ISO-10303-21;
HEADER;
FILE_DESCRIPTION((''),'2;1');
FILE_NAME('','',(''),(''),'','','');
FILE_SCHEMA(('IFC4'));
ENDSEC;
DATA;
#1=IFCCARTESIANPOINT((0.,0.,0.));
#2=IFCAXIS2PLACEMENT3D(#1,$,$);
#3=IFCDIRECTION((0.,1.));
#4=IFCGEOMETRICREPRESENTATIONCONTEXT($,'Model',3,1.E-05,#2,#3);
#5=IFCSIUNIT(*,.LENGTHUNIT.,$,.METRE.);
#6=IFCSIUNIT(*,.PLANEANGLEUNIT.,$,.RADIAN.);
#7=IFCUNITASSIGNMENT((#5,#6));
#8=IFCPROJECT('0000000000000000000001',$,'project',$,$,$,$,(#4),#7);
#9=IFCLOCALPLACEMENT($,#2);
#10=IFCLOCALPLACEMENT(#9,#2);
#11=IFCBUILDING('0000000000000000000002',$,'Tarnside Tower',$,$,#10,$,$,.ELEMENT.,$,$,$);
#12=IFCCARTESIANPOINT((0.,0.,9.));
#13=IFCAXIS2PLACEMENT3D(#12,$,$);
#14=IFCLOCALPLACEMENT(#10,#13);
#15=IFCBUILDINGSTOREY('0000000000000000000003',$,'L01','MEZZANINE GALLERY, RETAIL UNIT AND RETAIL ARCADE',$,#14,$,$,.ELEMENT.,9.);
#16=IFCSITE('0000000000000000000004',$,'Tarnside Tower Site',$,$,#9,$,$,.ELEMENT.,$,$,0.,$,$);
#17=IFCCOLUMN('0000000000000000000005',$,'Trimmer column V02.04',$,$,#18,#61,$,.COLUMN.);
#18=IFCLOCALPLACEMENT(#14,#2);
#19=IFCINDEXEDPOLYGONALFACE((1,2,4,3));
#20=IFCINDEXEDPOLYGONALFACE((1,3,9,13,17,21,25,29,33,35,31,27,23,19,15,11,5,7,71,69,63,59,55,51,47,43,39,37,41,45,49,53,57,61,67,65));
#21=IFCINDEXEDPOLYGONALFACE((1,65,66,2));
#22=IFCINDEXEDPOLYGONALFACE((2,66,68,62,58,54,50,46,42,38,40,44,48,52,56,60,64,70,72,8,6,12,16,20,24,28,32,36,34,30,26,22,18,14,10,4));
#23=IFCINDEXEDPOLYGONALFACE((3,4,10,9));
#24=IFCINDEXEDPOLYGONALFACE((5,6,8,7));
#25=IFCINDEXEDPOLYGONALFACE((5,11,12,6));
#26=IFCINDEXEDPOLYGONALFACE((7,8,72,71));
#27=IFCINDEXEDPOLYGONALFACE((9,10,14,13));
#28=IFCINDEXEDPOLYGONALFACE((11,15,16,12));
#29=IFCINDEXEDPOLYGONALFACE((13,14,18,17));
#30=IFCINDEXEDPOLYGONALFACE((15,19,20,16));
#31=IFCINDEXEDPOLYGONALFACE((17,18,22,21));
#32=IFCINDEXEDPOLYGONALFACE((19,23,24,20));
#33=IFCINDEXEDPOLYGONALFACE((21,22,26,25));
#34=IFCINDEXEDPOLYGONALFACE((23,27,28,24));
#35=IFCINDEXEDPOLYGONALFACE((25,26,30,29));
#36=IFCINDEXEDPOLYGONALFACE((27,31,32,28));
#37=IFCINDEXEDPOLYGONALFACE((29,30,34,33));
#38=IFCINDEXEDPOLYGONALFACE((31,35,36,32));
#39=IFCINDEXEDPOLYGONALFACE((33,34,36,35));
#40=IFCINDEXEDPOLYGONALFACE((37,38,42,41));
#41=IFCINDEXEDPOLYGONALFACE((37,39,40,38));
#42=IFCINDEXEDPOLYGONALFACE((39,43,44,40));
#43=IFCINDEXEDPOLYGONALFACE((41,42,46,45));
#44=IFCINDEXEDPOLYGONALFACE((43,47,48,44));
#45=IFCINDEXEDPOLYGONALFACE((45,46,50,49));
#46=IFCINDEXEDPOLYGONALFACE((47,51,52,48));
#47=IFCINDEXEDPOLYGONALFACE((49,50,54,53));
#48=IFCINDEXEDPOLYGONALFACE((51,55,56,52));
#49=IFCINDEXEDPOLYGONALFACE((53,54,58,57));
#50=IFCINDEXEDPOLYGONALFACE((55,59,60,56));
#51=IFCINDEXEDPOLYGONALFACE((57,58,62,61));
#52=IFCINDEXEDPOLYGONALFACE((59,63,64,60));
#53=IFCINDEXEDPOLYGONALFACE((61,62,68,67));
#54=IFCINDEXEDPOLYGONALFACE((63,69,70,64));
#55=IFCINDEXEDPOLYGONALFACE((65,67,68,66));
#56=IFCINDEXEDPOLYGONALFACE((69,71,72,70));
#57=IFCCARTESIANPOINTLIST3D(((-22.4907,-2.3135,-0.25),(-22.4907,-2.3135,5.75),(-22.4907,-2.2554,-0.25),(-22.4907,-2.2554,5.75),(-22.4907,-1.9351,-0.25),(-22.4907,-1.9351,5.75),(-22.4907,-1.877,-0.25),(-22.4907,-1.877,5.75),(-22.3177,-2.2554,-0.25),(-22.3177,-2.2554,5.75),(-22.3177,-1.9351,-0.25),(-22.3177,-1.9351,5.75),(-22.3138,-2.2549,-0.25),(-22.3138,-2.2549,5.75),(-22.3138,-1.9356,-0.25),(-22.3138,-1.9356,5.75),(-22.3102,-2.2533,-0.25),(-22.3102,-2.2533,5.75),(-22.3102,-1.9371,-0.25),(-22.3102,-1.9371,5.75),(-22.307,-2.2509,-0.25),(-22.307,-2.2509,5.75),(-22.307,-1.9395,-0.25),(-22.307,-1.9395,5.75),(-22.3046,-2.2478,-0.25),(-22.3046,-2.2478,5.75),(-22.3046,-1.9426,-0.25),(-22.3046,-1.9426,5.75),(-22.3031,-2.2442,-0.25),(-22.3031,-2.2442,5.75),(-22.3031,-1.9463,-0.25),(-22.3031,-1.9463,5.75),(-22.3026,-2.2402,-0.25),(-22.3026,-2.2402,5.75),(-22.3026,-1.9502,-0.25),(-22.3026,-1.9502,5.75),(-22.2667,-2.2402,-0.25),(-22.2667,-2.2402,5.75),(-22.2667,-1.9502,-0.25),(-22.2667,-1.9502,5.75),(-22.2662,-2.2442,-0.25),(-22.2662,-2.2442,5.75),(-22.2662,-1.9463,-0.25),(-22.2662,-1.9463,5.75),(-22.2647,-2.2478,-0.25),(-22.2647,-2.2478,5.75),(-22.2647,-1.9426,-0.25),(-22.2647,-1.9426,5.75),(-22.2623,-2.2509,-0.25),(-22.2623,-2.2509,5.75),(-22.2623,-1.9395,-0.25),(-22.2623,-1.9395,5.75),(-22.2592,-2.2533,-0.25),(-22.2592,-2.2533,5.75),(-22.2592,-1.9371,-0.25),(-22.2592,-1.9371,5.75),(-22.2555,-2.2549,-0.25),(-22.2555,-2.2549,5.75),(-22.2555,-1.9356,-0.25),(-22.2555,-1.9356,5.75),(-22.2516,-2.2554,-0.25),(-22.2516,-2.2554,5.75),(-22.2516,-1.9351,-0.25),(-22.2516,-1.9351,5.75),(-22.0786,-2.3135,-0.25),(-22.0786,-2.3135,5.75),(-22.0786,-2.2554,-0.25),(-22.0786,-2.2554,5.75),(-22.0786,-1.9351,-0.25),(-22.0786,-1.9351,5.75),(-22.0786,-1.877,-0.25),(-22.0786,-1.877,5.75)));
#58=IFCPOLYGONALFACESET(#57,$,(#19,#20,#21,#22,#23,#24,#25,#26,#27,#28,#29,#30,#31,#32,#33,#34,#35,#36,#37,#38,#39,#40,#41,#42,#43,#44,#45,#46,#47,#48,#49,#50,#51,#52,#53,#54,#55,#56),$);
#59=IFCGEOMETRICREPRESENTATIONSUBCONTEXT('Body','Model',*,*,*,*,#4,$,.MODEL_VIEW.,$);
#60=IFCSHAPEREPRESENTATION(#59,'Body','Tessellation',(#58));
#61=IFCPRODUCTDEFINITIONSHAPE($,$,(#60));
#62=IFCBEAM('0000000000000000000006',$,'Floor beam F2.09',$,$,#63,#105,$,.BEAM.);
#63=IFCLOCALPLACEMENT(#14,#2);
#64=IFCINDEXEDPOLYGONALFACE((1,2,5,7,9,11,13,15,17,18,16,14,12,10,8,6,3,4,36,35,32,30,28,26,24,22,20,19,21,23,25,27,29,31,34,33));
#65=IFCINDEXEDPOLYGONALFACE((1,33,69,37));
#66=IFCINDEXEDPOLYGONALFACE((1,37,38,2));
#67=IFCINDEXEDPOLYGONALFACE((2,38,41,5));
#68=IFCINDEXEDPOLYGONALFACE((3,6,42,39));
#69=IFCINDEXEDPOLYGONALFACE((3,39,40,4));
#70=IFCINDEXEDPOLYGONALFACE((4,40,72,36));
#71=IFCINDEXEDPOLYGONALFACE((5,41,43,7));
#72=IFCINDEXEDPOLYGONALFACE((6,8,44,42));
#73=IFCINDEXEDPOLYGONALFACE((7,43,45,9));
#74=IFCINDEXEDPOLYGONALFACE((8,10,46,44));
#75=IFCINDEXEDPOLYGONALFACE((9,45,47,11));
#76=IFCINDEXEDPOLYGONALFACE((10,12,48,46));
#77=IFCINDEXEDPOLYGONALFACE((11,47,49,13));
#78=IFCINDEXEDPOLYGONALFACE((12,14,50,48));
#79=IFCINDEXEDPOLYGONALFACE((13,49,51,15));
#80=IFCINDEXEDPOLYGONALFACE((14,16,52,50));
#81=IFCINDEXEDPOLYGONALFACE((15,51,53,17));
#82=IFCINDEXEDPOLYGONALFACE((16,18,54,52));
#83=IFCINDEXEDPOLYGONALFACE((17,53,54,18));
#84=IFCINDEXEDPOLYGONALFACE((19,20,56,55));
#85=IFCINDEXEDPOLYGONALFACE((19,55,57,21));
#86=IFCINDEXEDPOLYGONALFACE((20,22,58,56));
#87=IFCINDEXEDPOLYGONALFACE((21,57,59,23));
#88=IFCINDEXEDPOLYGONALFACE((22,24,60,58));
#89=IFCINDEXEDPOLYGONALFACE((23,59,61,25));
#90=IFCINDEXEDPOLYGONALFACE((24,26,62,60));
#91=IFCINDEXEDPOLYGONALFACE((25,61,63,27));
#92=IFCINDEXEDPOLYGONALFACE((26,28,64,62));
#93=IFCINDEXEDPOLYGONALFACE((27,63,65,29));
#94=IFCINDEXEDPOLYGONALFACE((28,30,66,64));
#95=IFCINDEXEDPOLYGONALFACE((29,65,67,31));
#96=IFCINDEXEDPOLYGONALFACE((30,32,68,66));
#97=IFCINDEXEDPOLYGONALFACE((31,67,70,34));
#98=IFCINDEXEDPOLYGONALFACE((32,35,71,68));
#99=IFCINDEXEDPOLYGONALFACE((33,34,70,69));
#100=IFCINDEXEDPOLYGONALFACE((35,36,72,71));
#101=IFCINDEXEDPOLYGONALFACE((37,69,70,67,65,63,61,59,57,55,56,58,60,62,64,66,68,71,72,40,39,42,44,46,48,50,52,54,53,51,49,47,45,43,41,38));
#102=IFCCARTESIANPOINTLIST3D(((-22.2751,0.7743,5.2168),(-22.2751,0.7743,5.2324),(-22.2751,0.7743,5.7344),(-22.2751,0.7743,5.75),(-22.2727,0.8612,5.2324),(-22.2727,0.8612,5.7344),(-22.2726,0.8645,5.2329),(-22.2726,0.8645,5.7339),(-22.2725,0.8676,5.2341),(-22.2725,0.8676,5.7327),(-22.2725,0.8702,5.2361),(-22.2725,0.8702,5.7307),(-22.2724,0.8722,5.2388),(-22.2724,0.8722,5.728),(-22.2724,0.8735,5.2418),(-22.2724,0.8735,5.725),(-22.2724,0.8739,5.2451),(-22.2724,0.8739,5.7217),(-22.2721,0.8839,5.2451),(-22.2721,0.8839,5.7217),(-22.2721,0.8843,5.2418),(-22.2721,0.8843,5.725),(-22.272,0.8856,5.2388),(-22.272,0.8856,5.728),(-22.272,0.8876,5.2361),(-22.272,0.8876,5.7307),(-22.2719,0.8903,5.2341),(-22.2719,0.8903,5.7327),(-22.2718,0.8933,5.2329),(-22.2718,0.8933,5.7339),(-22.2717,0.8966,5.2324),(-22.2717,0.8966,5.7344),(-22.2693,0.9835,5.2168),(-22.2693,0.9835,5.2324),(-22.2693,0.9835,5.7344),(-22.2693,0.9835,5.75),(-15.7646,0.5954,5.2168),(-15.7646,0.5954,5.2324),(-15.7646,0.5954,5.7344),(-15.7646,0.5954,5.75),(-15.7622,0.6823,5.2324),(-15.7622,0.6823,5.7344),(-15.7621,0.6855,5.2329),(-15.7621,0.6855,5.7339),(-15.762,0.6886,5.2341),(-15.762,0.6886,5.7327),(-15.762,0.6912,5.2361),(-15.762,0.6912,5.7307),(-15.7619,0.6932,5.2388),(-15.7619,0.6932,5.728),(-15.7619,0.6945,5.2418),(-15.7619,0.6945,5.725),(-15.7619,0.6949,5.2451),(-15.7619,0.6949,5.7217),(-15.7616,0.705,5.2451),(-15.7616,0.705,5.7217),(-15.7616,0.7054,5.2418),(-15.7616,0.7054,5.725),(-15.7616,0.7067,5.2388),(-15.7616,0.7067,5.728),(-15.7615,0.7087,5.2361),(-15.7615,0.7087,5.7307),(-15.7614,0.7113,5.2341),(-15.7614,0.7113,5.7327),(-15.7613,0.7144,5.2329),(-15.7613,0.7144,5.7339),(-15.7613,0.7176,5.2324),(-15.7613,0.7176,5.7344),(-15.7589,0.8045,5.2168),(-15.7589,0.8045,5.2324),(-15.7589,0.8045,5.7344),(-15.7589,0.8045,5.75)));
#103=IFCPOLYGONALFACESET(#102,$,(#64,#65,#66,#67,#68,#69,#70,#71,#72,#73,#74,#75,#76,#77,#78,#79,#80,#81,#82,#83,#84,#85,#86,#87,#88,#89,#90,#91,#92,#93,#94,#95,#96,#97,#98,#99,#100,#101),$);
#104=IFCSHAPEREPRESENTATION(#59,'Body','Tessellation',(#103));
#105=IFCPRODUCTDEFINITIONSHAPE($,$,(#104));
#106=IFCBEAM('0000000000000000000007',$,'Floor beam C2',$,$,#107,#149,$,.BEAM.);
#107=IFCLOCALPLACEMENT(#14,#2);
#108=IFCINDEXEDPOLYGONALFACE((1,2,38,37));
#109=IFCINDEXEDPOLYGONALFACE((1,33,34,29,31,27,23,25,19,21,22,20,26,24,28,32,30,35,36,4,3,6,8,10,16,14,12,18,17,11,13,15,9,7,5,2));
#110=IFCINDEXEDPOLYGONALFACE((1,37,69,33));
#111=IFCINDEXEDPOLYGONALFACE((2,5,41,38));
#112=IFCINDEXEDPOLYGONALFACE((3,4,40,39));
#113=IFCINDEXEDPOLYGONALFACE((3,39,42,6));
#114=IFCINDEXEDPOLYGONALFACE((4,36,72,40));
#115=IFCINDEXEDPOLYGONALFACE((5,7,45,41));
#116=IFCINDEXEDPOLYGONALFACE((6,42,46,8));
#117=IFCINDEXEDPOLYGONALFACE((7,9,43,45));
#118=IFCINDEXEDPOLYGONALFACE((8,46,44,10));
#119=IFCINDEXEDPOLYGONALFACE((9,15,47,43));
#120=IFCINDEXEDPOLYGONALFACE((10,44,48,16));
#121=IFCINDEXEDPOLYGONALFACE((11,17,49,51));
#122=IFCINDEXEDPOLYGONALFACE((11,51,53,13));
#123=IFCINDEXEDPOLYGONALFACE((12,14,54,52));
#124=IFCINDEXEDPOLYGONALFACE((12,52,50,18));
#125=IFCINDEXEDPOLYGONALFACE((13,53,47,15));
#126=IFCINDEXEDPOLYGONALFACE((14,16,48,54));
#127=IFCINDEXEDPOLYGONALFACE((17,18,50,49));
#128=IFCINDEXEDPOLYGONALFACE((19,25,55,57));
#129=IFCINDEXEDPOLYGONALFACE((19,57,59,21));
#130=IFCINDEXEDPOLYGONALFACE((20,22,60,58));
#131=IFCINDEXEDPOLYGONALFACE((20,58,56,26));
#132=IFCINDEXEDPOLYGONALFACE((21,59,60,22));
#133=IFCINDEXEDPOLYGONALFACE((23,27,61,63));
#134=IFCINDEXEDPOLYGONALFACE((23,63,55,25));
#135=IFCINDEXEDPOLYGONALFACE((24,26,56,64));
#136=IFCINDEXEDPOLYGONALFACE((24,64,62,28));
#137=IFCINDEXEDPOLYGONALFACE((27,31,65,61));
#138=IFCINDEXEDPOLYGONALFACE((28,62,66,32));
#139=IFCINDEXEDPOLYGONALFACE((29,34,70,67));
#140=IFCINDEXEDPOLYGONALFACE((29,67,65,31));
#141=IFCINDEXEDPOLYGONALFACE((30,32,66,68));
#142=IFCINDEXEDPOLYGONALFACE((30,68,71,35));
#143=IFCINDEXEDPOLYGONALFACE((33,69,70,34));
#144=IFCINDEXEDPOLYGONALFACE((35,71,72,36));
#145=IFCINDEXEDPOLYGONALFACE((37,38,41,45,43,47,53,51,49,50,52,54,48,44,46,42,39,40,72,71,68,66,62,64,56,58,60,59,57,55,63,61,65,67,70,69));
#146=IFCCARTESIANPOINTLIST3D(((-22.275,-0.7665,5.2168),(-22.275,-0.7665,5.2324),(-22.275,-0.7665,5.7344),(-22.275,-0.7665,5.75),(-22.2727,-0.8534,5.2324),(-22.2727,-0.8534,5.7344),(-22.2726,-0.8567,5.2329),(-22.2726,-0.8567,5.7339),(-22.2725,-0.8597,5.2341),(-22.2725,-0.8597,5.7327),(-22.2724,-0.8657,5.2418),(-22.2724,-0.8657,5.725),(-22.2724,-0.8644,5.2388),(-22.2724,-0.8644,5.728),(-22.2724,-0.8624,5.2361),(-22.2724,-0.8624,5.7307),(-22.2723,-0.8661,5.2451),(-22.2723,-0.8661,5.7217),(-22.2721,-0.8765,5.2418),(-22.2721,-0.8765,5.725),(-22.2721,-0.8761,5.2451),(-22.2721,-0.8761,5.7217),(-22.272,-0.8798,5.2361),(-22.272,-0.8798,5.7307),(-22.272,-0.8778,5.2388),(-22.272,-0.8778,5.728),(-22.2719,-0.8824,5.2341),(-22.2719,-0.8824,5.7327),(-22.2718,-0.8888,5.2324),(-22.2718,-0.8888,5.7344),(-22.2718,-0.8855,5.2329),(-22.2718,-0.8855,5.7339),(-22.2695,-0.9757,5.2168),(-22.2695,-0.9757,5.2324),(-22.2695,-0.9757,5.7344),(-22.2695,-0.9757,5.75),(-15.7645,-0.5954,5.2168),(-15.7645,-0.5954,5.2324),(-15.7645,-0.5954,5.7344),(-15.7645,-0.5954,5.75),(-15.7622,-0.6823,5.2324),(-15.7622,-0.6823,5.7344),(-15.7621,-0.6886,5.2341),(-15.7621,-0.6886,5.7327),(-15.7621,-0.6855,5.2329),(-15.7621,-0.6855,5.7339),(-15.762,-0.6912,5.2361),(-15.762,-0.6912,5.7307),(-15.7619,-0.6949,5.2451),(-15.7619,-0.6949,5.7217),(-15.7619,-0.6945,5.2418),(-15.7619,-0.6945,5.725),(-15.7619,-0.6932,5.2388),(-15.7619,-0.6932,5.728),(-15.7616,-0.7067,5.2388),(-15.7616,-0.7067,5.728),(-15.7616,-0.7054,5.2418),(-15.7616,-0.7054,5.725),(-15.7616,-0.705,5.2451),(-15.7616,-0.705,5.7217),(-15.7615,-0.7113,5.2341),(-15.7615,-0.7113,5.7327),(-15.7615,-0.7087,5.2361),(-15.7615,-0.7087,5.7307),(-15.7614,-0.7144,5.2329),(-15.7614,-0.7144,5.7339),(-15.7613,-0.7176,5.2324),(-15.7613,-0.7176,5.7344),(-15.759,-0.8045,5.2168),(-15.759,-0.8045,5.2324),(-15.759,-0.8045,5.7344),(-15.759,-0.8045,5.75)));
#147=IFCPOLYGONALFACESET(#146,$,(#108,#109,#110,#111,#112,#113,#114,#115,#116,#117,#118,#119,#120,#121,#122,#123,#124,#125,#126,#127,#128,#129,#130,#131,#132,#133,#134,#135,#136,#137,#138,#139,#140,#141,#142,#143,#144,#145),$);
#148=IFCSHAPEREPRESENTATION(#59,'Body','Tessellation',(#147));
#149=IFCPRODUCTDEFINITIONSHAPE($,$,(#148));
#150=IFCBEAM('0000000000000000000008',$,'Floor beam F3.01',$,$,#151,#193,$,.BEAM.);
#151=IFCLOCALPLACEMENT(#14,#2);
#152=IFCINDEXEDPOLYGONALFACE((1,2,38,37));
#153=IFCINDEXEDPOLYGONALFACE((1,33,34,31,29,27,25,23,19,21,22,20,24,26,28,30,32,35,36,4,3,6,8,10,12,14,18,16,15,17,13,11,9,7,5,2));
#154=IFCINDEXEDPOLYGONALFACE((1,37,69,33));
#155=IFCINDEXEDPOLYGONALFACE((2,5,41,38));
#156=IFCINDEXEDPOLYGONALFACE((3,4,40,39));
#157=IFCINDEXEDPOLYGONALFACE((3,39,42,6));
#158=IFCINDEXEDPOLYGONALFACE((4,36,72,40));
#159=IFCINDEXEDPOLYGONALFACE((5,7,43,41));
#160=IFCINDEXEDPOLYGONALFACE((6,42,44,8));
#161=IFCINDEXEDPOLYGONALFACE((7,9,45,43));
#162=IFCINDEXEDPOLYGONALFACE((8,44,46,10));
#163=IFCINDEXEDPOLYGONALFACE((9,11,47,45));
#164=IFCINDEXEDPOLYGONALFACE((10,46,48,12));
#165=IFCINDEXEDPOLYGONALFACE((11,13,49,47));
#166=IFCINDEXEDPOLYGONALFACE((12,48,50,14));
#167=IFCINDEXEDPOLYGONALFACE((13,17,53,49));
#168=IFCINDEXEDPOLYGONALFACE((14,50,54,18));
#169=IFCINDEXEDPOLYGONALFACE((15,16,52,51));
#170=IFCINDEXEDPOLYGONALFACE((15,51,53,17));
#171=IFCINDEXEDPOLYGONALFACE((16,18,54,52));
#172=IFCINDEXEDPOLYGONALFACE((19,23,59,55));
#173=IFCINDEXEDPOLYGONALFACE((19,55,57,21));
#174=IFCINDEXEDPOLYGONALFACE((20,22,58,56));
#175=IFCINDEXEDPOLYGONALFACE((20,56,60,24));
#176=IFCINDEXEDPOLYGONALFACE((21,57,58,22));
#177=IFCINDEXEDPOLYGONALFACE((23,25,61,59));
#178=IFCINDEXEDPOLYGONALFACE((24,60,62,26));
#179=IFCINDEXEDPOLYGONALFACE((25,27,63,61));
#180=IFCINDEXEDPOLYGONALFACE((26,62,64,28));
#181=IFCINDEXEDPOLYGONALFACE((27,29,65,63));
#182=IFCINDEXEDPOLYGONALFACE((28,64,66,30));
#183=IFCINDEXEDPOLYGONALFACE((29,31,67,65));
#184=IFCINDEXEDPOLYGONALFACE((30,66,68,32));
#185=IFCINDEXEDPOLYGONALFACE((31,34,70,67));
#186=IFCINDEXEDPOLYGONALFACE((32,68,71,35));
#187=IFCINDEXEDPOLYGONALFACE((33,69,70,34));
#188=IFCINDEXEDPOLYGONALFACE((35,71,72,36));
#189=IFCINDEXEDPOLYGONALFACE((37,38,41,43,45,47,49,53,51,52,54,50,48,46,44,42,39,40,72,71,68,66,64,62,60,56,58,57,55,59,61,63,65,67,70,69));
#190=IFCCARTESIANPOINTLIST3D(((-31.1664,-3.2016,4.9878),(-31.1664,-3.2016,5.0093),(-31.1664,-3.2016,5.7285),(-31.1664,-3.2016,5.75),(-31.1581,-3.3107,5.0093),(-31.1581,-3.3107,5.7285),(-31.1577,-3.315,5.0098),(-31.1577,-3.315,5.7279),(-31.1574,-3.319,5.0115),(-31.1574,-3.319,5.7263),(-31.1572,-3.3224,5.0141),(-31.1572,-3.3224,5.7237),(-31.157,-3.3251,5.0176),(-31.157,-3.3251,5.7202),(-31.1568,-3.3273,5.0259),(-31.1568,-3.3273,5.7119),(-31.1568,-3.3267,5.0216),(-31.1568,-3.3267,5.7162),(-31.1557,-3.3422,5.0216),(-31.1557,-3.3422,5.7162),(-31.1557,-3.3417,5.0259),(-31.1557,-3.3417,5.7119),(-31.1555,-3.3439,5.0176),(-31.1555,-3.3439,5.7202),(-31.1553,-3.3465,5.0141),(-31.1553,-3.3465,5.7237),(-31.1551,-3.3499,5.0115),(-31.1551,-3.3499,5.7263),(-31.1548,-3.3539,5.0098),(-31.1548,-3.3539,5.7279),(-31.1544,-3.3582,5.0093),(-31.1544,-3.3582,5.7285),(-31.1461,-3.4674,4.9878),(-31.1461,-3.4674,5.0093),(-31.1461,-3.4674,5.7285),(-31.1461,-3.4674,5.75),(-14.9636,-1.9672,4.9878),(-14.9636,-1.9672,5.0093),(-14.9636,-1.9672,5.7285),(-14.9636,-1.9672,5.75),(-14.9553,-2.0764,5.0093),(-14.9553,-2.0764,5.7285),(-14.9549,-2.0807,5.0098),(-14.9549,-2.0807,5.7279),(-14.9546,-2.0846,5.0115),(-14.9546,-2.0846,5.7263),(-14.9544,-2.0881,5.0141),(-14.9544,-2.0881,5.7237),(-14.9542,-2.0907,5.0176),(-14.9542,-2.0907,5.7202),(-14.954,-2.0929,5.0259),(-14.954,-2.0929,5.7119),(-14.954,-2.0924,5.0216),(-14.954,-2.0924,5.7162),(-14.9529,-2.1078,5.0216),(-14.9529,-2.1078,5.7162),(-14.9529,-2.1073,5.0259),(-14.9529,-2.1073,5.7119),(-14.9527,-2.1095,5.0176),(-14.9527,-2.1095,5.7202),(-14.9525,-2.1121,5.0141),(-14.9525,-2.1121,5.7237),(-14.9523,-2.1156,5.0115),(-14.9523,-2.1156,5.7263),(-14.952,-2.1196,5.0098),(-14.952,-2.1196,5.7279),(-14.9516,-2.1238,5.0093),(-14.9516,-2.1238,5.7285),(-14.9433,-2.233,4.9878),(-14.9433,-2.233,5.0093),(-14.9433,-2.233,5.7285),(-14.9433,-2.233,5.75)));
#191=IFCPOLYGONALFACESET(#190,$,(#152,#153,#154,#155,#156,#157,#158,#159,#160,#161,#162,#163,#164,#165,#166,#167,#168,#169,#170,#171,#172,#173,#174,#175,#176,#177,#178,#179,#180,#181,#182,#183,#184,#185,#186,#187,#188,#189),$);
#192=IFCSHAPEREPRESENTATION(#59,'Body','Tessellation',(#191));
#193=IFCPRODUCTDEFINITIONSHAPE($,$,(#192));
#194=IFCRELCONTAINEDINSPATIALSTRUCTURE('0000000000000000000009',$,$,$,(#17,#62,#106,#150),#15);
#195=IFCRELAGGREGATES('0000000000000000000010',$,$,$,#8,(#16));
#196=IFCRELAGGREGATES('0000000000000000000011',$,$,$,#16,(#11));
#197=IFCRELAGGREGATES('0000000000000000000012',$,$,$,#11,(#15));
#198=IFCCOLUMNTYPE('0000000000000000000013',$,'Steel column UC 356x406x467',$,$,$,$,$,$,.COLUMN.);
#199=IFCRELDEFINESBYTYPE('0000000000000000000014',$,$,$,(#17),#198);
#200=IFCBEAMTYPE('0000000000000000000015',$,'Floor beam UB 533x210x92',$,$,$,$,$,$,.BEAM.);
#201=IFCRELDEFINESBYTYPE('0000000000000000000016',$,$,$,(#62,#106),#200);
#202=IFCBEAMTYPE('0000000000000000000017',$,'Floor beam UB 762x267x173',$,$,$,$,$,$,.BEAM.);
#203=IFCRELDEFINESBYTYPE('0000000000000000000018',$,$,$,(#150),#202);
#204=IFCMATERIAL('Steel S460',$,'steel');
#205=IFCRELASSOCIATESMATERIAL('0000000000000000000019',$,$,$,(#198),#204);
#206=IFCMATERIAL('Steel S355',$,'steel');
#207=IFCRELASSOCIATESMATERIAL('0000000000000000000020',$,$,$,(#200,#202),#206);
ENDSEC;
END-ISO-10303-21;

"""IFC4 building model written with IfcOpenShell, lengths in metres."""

from ifc_helpers import new_model, si_unit, direction, frame, origin, origin_2d, place, context, subcontext, project, spatial, i_section, extrude, material, material_profile, profile_set, type_object, element, save


model = new_model("IFC4")

# Units and contexts
model_context = context("Model", 3, precision=1e-05, world=origin(), true_north=direction((0.0, 1.0)))
body_context = subcontext(model_context, "Body", "Model", "MODEL_VIEW")
ifc_project = project(units=[si_unit("LENGTHUNIT", "METRE"), si_unit("PLANEANGLEUNIT", "RADIAN")], contexts=[model_context])

# Site, building, storey
site_placement = place(None, origin())
site = spatial("IfcSite", under=ifc_project, at=site_placement, Name="Tarnside Tower Site", CompositionType="ELEMENT", RefElevation=0.0)
building_placement = place(site_placement, origin())
building = spatial("IfcBuilding", under=site, at=building_placement, Name="Tarnside Tower", CompositionType="ELEMENT")
storey_placement = place(building_placement, frame((0.0, 0.0, 9.0)))
storey = spatial("IfcBuildingStorey", under=building, at=storey_placement, Name="L01", Description="MEZZANINE GALLERY, RETAIL UNIT AND RETAIL ARCADE", CompositionType="ELEMENT", Elevation=9.0)

# Column
ifc_material_1 = material(Name="Steel S460", Category="steel")
ifc_material_profile_1 = material_profile(ifc_material_1, i_section(OverallWidth=0.4121, OverallDepth=0.4365, WebThickness=0.0359, FlangeThickness=0.0581, FilletRadius=0.0151, at=origin_2d()), Name="UC 356x406x467")
ifc_profile_set_1 = profile_set([ifc_material_profile_1], Name="Steel S460")
column_type = type_object("IfcColumnType", Name="Steel column UC 356x406x467", PredefinedType="COLUMN", material=ifc_profile_set_1)
column_placement = place(storey_placement, frame((-22.2847, -2.0952, -0.25), z_axis=(0.0, 0.0, 1.0), x_axis=(1.0, 0.0, 0.0)))
element("IfcColumn", 1, at=column_placement, inside=storey, type_object=column_type, Name="Trimmer column V02.04", PredefinedType="COLUMN", context=body_context, shape_type="SweptSolid", body=[
    extrude(i_section(OverallWidth=0.4121, OverallDepth=0.4365, WebThickness=0.0359, FlangeThickness=0.0581, FilletRadius=0.0151, at=origin_2d()), origin(), (0.0, 0.0, 1.0), 6.0),
])

# Beams
ifc_material_2 = material(Name="Steel S355", Category="steel")
ifc_material_profile_2 = material_profile(ifc_material_2, i_section(OverallWidth=0.2092, OverallDepth=0.5332, WebThickness=0.01, FlangeThickness=0.0156, FilletRadius=0.0127, at=origin_2d()), Name="UB 533x210x92")
ifc_profile_set_2 = profile_set([ifc_material_profile_2], Name="Steel S355")
beam_type_1 = type_object("IfcBeamType", Name="Floor beam UB 533x210x92", PredefinedType="BEAM", material=ifc_profile_set_2)
beam_1_placement = place(storey_placement, frame((-22.2722, 0.8789, 5.4834), z_axis=(0.999622, -0.027477, 0.0), x_axis=(0.027477, 0.999622, 0.0)))
element("IfcBeam", 2, at=beam_1_placement, inside=storey, type_object=beam_type_1, Name="Floor beam F2.09", PredefinedType="BEAM", context=body_context, shape_type="SweptSolid", body=[
    extrude(i_section(OverallWidth=0.2092, OverallDepth=0.5332, WebThickness=0.01, FlangeThickness=0.0156, FilletRadius=0.0127, at=origin_2d()), origin(), (0.0, 0.0, 1.0), 6.5129),
])
beam_2_placement = place(storey_placement, frame((-22.2722, -0.8711, 5.4834), z_axis=(0.999655, 0.026278, 0.0), x_axis=(-0.026278, 0.999655, 0.0)))
element("IfcBeam", 3, at=beam_2_placement, inside=storey, type_object=beam_type_1, Name="Floor beam C2", PredefinedType="BEAM", context=body_context, shape_type="SweptSolid", body=[
    extrude(i_section(OverallWidth=0.2092, OverallDepth=0.5332, WebThickness=0.01, FlangeThickness=0.0156, FilletRadius=0.0127, at=origin_2d()), origin(), (0.0, 0.0, 1.0), 6.5127),
])
ifc_material_profile_3 = material_profile(ifc_material_2, i_section(OverallWidth=0.2666, OverallDepth=0.7622, WebThickness=0.0144, FlangeThickness=0.0215, FilletRadius=0.0166, at=origin_2d()), Name="UB 762x267x173")
ifc_profile_set_3 = profile_set([ifc_material_profile_3], Name="Steel S355")
beam_type_2 = type_object("IfcBeamType", Name="Floor beam UB 762x267x173", PredefinedType="BEAM", material=ifc_profile_set_3)
beam_3_placement = place(storey_placement, frame((-31.1562, -3.3345, 5.3689), z_axis=(0.997111, 0.075962, 0.0), x_axis=(-0.075962, 0.997111, 0.0)))
element("IfcBeam", 4, at=beam_3_placement, inside=storey, type_object=beam_type_2, Name="Floor beam F3.01", PredefinedType="BEAM", context=body_context, shape_type="SweptSolid", body=[
    extrude(i_section(OverallWidth=0.2666, OverallDepth=0.7622, WebThickness=0.0144, FlangeThickness=0.0215, FilletRadius=0.0166, at=origin_2d()), origin(), (0.0, 0.0, 1.0), 16.2498),
])

save(model, "model.ifc")
